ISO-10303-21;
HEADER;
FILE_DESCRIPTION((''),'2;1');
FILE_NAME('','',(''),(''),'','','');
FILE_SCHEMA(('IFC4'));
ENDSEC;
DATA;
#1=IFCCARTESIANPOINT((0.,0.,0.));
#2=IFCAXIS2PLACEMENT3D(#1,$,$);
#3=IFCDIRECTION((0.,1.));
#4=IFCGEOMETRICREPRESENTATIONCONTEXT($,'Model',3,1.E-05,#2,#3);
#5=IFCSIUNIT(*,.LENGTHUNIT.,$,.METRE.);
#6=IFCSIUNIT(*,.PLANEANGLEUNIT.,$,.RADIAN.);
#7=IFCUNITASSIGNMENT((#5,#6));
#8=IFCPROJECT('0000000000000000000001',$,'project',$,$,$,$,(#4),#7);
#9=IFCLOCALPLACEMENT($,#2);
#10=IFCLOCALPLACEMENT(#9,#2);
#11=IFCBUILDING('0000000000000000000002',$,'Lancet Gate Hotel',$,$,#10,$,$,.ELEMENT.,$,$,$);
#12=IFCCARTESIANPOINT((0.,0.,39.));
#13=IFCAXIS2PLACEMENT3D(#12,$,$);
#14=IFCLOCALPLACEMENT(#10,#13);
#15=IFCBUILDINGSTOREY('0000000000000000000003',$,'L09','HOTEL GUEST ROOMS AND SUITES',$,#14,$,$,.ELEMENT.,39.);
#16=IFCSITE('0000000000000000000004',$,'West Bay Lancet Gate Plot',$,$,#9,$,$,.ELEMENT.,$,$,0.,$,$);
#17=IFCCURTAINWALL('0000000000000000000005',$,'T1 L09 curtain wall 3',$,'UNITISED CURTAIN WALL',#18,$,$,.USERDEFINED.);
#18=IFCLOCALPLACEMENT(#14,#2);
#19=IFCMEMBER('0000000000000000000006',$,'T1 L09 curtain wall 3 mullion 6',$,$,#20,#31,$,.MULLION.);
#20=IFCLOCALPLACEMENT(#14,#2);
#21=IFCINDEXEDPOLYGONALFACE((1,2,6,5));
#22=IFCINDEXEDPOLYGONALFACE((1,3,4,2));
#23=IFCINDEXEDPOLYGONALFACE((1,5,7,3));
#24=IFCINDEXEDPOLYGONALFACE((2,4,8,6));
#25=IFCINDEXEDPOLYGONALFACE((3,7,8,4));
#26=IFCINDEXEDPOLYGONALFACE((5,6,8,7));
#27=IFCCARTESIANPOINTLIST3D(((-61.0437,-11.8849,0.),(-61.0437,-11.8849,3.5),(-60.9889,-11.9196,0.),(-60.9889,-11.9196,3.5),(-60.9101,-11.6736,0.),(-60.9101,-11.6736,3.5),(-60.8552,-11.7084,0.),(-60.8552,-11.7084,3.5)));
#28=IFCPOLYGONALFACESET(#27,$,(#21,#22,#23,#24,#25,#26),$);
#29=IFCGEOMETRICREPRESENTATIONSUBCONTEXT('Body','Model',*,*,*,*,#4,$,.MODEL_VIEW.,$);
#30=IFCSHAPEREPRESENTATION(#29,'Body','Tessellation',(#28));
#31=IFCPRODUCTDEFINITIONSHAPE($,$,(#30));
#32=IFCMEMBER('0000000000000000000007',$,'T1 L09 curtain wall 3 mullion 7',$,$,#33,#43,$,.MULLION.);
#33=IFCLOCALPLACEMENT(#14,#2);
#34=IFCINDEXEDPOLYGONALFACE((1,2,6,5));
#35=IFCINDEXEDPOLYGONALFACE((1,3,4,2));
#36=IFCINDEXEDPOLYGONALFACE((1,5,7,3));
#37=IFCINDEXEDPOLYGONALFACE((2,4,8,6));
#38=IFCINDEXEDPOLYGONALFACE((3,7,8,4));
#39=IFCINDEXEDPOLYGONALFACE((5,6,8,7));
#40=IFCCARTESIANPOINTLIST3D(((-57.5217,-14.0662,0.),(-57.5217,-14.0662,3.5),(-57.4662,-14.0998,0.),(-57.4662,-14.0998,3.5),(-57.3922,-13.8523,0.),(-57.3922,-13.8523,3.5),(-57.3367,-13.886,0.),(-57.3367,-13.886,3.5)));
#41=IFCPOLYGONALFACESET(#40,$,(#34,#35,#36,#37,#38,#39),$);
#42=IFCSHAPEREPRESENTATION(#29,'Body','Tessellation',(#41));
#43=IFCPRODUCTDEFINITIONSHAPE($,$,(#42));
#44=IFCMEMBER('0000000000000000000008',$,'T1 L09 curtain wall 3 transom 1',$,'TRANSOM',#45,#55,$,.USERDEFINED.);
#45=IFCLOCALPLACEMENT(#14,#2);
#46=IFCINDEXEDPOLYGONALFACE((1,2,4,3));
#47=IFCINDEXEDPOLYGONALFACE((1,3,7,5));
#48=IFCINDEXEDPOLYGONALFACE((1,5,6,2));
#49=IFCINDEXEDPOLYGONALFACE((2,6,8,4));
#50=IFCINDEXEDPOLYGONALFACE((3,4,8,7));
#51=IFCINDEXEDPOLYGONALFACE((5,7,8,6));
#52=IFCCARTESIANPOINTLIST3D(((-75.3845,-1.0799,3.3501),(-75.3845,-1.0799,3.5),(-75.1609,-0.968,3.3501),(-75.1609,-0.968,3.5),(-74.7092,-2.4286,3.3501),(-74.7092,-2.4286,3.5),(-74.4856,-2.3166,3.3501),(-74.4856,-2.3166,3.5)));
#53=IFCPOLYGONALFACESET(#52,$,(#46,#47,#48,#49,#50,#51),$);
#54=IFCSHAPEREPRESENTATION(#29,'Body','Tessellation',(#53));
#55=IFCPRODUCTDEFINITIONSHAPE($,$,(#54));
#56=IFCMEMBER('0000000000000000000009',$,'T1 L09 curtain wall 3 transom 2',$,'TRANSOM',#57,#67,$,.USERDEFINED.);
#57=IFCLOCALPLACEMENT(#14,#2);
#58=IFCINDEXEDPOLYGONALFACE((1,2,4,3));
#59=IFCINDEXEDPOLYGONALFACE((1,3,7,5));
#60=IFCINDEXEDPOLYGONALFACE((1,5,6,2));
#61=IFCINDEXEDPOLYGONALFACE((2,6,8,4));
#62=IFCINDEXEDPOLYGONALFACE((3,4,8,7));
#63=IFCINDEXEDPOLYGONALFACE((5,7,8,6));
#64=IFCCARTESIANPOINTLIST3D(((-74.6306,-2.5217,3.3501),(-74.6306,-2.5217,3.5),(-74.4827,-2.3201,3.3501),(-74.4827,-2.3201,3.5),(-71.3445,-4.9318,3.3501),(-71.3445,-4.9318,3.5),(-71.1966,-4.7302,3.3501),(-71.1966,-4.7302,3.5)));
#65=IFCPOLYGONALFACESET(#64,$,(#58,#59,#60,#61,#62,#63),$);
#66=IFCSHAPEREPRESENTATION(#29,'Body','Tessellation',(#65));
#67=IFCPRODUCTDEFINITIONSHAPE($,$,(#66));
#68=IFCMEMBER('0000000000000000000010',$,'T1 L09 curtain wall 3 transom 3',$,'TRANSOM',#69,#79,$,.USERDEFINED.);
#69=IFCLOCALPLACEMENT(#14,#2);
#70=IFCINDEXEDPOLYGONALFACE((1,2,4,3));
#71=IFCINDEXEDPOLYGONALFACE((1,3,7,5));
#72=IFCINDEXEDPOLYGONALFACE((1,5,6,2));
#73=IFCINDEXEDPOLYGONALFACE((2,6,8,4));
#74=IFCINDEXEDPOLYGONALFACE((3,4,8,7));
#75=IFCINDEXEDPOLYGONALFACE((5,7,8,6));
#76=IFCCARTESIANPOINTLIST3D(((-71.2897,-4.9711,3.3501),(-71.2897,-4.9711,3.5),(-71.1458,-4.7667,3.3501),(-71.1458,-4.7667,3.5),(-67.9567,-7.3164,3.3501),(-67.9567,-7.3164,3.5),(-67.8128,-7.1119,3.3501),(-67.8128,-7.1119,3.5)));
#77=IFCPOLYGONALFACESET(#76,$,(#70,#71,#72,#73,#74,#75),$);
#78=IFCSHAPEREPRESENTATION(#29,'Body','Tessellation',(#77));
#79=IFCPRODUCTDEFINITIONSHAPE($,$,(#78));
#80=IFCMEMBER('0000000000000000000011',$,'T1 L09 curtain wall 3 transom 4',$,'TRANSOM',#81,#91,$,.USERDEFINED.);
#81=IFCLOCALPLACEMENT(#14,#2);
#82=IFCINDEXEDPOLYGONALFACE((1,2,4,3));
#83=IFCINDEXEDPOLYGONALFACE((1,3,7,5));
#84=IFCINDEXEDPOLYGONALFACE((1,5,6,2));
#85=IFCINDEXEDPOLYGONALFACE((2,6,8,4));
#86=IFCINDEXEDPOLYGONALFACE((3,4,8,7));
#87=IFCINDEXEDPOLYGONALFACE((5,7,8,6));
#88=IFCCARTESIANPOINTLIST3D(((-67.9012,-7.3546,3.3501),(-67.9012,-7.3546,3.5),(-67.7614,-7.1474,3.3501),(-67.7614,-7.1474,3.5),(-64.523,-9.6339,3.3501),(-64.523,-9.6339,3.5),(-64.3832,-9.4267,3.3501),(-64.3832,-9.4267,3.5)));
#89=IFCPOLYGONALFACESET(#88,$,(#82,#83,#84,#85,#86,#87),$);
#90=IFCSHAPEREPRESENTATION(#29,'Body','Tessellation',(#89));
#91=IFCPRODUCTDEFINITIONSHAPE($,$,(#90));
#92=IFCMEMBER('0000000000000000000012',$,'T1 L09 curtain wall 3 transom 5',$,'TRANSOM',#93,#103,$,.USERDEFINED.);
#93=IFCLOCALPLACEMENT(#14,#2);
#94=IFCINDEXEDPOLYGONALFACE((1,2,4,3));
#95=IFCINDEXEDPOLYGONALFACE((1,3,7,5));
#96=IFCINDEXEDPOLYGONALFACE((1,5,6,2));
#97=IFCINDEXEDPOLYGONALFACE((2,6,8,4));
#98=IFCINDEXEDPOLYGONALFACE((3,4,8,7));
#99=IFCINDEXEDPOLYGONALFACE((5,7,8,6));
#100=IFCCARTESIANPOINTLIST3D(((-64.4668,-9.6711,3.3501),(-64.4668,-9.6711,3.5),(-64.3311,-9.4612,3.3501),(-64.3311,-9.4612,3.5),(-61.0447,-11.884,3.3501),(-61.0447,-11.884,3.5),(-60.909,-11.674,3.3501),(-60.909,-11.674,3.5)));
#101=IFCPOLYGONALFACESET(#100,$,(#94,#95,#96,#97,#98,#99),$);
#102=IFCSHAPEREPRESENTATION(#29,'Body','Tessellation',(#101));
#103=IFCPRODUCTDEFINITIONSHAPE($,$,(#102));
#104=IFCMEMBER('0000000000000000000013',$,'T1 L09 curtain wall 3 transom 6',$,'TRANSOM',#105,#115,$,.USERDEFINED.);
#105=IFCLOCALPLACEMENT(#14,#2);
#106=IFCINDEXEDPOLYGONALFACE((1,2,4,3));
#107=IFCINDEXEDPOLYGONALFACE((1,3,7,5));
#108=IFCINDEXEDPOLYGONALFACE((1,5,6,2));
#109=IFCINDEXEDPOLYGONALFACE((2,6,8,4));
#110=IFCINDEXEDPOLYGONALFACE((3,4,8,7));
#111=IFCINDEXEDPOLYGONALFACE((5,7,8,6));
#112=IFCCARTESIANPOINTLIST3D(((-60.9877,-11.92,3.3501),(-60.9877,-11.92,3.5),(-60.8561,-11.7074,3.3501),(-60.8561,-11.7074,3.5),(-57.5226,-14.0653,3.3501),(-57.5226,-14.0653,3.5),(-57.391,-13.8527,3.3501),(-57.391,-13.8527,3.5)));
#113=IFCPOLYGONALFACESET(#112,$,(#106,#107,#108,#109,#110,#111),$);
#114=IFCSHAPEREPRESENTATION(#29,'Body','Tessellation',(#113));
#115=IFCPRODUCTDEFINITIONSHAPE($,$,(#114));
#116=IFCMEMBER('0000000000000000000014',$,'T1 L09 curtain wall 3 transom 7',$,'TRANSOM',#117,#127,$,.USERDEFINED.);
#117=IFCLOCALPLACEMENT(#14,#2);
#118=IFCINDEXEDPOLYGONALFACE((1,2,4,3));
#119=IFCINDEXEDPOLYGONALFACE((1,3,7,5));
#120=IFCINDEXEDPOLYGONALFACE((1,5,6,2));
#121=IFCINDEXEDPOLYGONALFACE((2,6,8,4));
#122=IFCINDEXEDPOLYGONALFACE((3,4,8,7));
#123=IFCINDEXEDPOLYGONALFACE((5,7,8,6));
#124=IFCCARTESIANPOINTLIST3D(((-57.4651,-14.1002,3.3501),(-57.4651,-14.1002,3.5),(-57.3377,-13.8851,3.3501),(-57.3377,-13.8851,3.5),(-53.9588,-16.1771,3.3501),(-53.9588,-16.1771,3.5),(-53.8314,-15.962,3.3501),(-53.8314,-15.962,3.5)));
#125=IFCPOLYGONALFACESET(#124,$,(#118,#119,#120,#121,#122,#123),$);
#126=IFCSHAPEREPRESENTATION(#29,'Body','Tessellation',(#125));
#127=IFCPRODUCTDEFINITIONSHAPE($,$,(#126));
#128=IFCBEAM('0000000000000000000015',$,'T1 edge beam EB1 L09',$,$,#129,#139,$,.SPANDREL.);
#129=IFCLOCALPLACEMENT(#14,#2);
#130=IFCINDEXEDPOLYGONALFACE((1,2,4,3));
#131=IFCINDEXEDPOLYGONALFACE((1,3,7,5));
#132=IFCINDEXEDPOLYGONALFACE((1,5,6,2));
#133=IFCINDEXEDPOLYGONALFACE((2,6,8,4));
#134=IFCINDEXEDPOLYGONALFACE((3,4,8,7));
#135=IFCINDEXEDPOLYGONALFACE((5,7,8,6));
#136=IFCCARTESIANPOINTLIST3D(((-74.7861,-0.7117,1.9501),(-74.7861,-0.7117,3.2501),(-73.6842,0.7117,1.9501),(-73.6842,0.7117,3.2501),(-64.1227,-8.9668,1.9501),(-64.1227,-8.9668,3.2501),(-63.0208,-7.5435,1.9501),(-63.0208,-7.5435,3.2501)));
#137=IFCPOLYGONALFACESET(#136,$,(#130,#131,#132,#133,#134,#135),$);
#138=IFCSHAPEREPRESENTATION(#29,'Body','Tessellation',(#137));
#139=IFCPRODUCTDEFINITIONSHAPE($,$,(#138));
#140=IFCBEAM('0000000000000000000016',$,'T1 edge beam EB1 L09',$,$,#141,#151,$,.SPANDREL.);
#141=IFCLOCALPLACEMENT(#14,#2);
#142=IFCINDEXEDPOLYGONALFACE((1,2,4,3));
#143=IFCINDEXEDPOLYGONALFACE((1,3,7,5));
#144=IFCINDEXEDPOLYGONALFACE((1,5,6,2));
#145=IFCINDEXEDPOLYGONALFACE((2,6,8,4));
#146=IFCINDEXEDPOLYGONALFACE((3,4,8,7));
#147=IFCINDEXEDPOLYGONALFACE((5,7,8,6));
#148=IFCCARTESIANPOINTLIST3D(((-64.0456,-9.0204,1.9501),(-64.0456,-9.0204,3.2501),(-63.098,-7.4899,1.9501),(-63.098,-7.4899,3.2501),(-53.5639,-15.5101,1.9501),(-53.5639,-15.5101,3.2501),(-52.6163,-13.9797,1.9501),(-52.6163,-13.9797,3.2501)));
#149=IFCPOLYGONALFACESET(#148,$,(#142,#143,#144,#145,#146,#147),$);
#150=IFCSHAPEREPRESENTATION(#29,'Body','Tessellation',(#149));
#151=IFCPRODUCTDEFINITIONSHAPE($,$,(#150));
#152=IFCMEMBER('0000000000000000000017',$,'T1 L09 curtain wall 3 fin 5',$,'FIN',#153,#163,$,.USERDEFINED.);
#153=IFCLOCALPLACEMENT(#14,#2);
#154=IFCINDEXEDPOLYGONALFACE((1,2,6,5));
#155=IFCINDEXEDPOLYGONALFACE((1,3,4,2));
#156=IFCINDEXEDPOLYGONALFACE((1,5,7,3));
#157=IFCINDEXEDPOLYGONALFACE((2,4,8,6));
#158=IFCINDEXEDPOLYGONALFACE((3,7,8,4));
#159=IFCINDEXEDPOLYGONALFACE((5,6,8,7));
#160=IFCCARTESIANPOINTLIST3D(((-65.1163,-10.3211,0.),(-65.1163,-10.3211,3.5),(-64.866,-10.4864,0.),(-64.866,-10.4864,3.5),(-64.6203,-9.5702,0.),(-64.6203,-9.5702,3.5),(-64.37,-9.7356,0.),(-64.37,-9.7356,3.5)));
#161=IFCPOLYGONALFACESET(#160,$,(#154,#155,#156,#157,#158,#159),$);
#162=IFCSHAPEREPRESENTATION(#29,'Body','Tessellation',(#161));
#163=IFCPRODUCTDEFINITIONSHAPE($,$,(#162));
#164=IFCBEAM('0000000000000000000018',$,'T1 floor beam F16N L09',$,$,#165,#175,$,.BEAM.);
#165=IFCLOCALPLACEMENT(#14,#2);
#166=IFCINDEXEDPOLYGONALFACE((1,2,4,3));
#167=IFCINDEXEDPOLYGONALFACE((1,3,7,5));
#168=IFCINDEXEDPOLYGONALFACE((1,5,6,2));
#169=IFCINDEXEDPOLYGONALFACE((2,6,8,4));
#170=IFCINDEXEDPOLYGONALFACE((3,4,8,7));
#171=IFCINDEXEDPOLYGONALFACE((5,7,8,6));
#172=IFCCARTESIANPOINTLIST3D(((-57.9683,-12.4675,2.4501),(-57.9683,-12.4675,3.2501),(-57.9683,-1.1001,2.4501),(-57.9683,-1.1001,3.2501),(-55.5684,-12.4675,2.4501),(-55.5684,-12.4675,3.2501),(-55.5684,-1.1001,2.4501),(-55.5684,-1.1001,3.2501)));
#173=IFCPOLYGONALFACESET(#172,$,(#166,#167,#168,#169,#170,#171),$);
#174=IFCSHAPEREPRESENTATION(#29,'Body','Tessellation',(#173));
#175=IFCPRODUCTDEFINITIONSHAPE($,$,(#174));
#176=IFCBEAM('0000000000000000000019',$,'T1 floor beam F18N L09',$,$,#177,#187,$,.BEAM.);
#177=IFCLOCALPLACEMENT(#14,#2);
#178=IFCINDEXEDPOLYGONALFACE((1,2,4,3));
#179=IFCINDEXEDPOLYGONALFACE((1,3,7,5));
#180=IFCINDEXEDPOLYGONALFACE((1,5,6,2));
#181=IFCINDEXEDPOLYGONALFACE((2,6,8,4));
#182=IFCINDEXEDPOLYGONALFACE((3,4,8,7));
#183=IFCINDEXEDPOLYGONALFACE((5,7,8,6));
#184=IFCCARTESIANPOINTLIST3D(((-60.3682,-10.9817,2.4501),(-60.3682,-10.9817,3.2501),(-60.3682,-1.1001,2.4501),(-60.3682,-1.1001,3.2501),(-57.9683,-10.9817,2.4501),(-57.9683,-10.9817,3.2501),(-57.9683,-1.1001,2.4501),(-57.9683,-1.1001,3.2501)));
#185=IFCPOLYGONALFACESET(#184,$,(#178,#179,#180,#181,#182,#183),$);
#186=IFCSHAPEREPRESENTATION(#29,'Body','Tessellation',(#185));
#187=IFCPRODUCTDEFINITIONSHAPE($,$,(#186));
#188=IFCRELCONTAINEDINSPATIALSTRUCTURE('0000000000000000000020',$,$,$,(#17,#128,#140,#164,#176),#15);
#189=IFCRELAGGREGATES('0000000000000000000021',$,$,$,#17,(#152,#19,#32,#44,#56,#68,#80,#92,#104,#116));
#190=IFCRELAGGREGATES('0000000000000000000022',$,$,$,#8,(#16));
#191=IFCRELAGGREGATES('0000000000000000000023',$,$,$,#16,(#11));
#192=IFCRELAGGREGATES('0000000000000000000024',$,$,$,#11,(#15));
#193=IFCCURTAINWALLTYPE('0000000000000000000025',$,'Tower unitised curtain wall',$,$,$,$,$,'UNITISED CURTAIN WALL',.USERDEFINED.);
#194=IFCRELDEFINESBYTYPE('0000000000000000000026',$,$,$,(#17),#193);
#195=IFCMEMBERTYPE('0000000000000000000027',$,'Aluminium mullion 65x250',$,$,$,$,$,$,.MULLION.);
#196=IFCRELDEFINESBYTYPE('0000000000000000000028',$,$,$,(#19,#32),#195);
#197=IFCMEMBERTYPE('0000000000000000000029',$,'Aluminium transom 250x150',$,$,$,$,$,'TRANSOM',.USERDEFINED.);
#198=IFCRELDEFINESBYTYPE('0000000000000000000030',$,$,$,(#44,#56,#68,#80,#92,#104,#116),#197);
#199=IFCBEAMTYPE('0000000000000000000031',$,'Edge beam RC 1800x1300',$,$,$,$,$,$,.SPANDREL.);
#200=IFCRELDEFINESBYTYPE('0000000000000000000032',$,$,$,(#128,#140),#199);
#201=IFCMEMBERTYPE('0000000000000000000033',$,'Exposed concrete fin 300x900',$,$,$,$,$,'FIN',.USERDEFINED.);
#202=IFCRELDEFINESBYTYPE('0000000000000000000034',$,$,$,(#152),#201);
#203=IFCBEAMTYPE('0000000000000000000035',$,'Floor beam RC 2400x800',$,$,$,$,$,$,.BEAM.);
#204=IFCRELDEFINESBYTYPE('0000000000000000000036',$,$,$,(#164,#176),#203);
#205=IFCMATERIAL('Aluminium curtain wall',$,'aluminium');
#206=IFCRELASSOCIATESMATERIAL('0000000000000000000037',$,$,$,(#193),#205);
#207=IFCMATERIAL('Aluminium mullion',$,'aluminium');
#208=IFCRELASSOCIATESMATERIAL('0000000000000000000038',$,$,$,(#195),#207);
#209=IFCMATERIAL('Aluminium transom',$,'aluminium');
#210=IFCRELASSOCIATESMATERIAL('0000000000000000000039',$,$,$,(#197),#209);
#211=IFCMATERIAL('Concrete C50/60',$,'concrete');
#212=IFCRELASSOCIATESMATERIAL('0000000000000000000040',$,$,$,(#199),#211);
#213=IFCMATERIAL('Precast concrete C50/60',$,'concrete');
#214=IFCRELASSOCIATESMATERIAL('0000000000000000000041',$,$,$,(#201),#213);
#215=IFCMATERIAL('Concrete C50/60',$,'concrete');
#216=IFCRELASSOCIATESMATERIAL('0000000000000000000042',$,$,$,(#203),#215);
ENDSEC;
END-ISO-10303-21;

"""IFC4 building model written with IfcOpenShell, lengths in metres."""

from ifc_helpers import new_model, si_unit, direction, frame, origin, origin_2d, place, context, subcontext, project, spatial, rectangle, extrude, material, material_profile, profile_set, type_object, element, aggregate, save


model = new_model("IFC4")

# Units and contexts
model_context = context("Model", 3, precision=1e-05, world=origin(), true_north=direction((0.0, 1.0)))
body_context = subcontext(model_context, "Body", "Model", "MODEL_VIEW")
ifc_project = project(units=[si_unit("LENGTHUNIT", "METRE"), si_unit("PLANEANGLEUNIT", "RADIAN")], contexts=[model_context])

# Site, building, storey
site_placement = place(None, origin())
site = spatial("IfcSite", under=ifc_project, at=site_placement, Name="West Bay Lancet Gate Plot", CompositionType="ELEMENT", RefElevation=0.0)
building_placement = place(site_placement, origin())
building = spatial("IfcBuilding", under=site, at=building_placement, Name="Lancet Gate Hotel", CompositionType="ELEMENT")
storey_placement = place(building_placement, frame((0.0, 0.0, 39.0)))
storey = spatial("IfcBuildingStorey", under=building, at=storey_placement, Name="L09", Description="HOTEL GUEST ROOMS AND SUITES", CompositionType="ELEMENT", Elevation=39.0)

# Curtain wall, members
ifc_material_1 = material(Name="Aluminium curtain wall", Category="aluminium")
curtain_wall_type = type_object("IfcCurtainWallType", Name="Tower unitised curtain wall", ElementType="UNITISED CURTAIN WALL", PredefinedType="USERDEFINED", material=ifc_material_1)
curtain_wall_placement = place(storey_placement, origin())
curtain_wall = element("IfcCurtainWall", 1, at=curtain_wall_placement, inside=storey, type_object=curtain_wall_type, Name="T1 L09 curtain wall 3", ObjectType="UNITISED CURTAIN WALL", PredefinedType="USERDEFINED")
ifc_material_2 = material(Name="Aluminium mullion", Category="aluminium")
ifc_material_profile_1 = material_profile(ifc_material_2, rectangle(XDim=0.0649, YDim=0.25, at=origin_2d()), Name="MULLION 65x250")
ifc_profile_set_1 = profile_set([ifc_material_profile_1], Name="Aluminium mullion")
member_type_1 = type_object("IfcMemberType", Name="Aluminium mullion 65x250", PredefinedType="MULLION", material=ifc_profile_set_1)
member_1_placement = place(storey_placement, frame((-60.9495, -11.7966, 0.0), z_axis=(0.0, 0.0, 1.0), x_axis=(0.845029, -0.53472, 0.0)))
member_1 = element("IfcMember", 2, at=member_1_placement, type_object=member_type_1, Name="T1 L09 curtain wall 3 mullion 6", PredefinedType="MULLION", context=body_context, shape_type="SweptSolid", body=[
    extrude(rectangle(XDim=0.0649, YDim=0.25, at=origin_2d()), origin(), (0.0, 0.0, 1.0), 3.5),
])
member_2_placement = place(storey_placement, frame((-57.4292, -13.9761, 0.0), z_axis=(0.0, 0.0, 1.0), x_axis=(0.855346, -0.518057, 0.0)))
member_2 = element("IfcMember", 3, at=member_2_placement, type_object=member_type_1, Name="T1 L09 curtain wall 3 mullion 7", PredefinedType="MULLION", context=body_context, shape_type="SweptSolid", body=[
    extrude(rectangle(XDim=0.0649, YDim=0.25, at=origin_2d()), origin(), (0.0, 0.0, 1.0), 3.5),
])
ifc_material_3 = material(Name="Aluminium transom", Category="aluminium")
ifc_material_profile_2 = material_profile(ifc_material_3, rectangle(XDim=0.25, YDim=0.1499, at=origin_2d()), Name="TRANSOM 250x150")
ifc_profile_set_2 = profile_set([ifc_material_profile_2], Name="Aluminium transom")
member_type_2 = type_object("IfcMemberType", Name="Aluminium transom 250x150", ElementType="TRANSOM", PredefinedType="USERDEFINED", material=ifc_profile_set_2)
member_3_placement = place(storey_placement, frame((-75.2727, -1.0239, 3.425), z_axis=(0.447732, -0.894168, 0.0), x_axis=(0.894168, 0.447732, 0.0)))
member_3 = element("IfcMember", 4, at=member_3_placement, type_object=member_type_2, Name="T1 L09 curtain wall 3 transom 1", ObjectType="TRANSOM", PredefinedType="USERDEFINED", context=body_context, shape_type="SweptSolid", body=[
    extrude(rectangle(XDim=0.25, YDim=0.1499, at=origin_2d()), origin(), (0.0, 0.0, 1.0), 1.5083),
])
member_4_placement = place(storey_placement, frame((-74.5566, -2.4209, 3.425), z_axis=(0.806367, -0.591416, 0.0), x_axis=(0.591416, 0.806367, 0.0)))
member_4 = element("IfcMember", 5, at=member_4_placement, type_object=member_type_2, Name="T1 L09 curtain wall 3 transom 2", ObjectType="TRANSOM", PredefinedType="USERDEFINED", context=body_context, shape_type="SweptSolid", body=[
    extrude(rectangle(XDim=0.25, YDim=0.1499, at=origin_2d()), origin(), (0.0, 0.0, 1.0), 4.0752),
])
member_5_placement = place(storey_placement, frame((-71.2178, -4.8689, 3.425), z_axis=(0.817834, -0.575455, 0.0), x_axis=(0.575455, 0.817834, 0.0)))
member_5 = element("IfcMember", 6, at=member_5_placement, type_object=member_type_2, Name="T1 L09 curtain wall 3 transom 3", ObjectType="TRANSOM", PredefinedType="USERDEFINED", context=body_context, shape_type="SweptSolid", body=[
    extrude(rectangle(XDim=0.25, YDim=0.1499, at=origin_2d()), origin(), (0.0, 0.0, 1.0), 4.0754),
])
member_6_placement = place(storey_placement, frame((-67.8313, -7.251, 3.425), z_axis=(0.828959, -0.559309, 0.0), x_axis=(0.559309, 0.828959, 0.0)))
member_6 = element("IfcMember", 7, at=member_6_placement, type_object=member_type_2, Name="T1 L09 curtain wall 3 transom 4", ObjectType="TRANSOM", PredefinedType="USERDEFINED", context=body_context, shape_type="SweptSolid", body=[
    extrude(rectangle(XDim=0.25, YDim=0.1499, at=origin_2d()), origin(), (0.0, 0.0, 1.0), 4.0752),
])
member_7_placement = place(storey_placement, frame((-64.3989, -9.5662, 3.425), z_axis=(0.839729, -0.543005, 0.0), x_axis=(0.543005, 0.839729, 0.0)))
member_7 = element("IfcMember", 8, at=member_7_placement, type_object=member_type_2, Name="T1 L09 curtain wall 3 transom 5", ObjectType="TRANSOM", PredefinedType="USERDEFINED", context=body_context, shape_type="SweptSolid", body=[
    extrude(rectangle(XDim=0.25, YDim=0.1499, at=origin_2d()), origin(), (0.0, 0.0, 1.0), 4.0752),
])
member_8_placement = place(storey_placement, frame((-60.9219, -11.8137, 3.425), z_axis=(0.850242, -0.526392, 0.0), x_axis=(0.526392, 0.850242, 0.0)))
member_8 = element("IfcMember", 9, at=member_8_placement, type_object=member_type_2, Name="T1 L09 curtain wall 3 transom 6", ObjectType="TRANSOM", PredefinedType="USERDEFINED", context=body_context, shape_type="SweptSolid", body=[
    extrude(rectangle(XDim=0.25, YDim=0.1499, at=origin_2d()), origin(), (0.0, 0.0, 1.0), 4.0754),
])
member_9_placement = place(storey_placement, frame((-57.4014, -13.9927, 3.425), z_axis=(0.860392, -0.509633, 0.0), x_axis=(0.509633, 0.860392, 0.0)))
member_9 = element("IfcMember", 10, at=member_9_placement, type_object=member_type_2, Name="T1 L09 curtain wall 3 transom 7", ObjectType="TRANSOM", PredefinedType="USERDEFINED", context=body_context, shape_type="SweptSolid", body=[
    extrude(rectangle(XDim=0.25, YDim=0.1499, at=origin_2d()), origin(), (0.0, 0.0, 1.0), 4.0752),
])

# Beams
ifc_material_4 = material(Name="Concrete C50/60", Category="concrete")
ifc_material_profile_3 = material_profile(ifc_material_4, rectangle(XDim=1.8, YDim=1.3, at=origin_2d()), Name="RC 1800x1300")
ifc_profile_set_3 = profile_set([ifc_material_profile_3], Name="Concrete C50/60")
beam_type_1 = type_object("IfcBeamType", Name="Edge beam RC 1800x1300", PredefinedType="SPANDREL", material=ifc_profile_set_3)
beam_1_placement = place(storey_placement, frame((-74.2351, 0.0, 2.6001), z_axis=(0.790736, -0.612157, 0.0), x_axis=(0.612157, 0.790736, 0.0)))
element("IfcBeam", 11, at=beam_1_placement, inside=storey, type_object=beam_type_1, Name="T1 edge beam EB1 L09", PredefinedType="SPANDREL", context=body_context, shape_type="SweptSolid", body=[
    extrude(rectangle(XDim=1.8, YDim=1.3, at=origin_2d()), origin(), (0.0, 0.0, 1.0), 13.4854),
])
beam_2_placement = place(storey_placement, frame((-63.5718, -8.2551, 2.6001), z_axis=(0.850226, -0.526418, 0.0), x_axis=(0.526418, 0.850226, 0.0)))
element("IfcBeam", 12, at=beam_2_placement, inside=storey, type_object=beam_type_1, Name="T1 edge beam EB1 L09", PredefinedType="SPANDREL", context=body_context, shape_type="SweptSolid", body=[
    extrude(rectangle(XDim=1.8, YDim=1.3, at=origin_2d()), origin(), (0.0, 0.0, 1.0), 12.3281),
])

# Member
ifc_material_5 = material(Name="Precast concrete C50/60", Category="concrete")
ifc_material_profile_4 = material_profile(ifc_material_5, rectangle(XDim=0.3, YDim=0.8999, at=origin_2d()), Name="FIN 300x900")
ifc_profile_set_4 = profile_set([ifc_material_profile_4], Name="Precast concrete C50/60")
member_type_3 = type_object("IfcMemberType", Name="Exposed concrete fin 300x900", ElementType="FIN", PredefinedType="USERDEFINED", material=ifc_profile_set_4)
member_10_placement = place(storey_placement, frame((-64.7432, -10.0283, 0.0), z_axis=(0.0, 0.0, 1.0), x_axis=(0.834387, -0.551178, 0.0)))
member_10 = element("IfcMember", 13, at=member_10_placement, type_object=member_type_3, Name="T1 L09 curtain wall 3 fin 5", ObjectType="FIN", PredefinedType="USERDEFINED", context=body_context, shape_type="SweptSolid", body=[
    extrude(rectangle(XDim=0.3, YDim=0.8999, at=origin_2d()), origin(), (0.0, 0.0, 1.0), 3.5),
])

# Beams
ifc_material_6 = material(Name="Concrete C50/60", Category="concrete")
ifc_material_profile_5 = material_profile(ifc_material_6, rectangle(XDim=2.3999, YDim=0.8, at=origin_2d()), Name="RC 2400x800")
ifc_profile_set_5 = profile_set([ifc_material_profile_5], Name="Concrete C50/60")
beam_type_2 = type_object("IfcBeamType", Name="Floor beam RC 2400x800", PredefinedType="BEAM", material=ifc_profile_set_5)
beam_3_placement = place(storey_placement, frame((-56.7683, -1.1001, 2.8501), z_axis=(0.0, -1.0, 0.0), x_axis=(1.0, 0.0, 0.0)))
element("IfcBeam", 14, at=beam_3_placement, inside=storey, type_object=beam_type_2, Name="T1 floor beam F16N L09", PredefinedType="BEAM", context=body_context, shape_type="SweptSolid", body=[
    extrude(rectangle(XDim=2.3999, YDim=0.8, at=origin_2d()), origin(), (0.0, 0.0, 1.0), 11.3674),
])
beam_4_placement = place(storey_placement, frame((-59.1682, -1.1001, 2.8501), z_axis=(0.0, -1.0, 0.0), x_axis=(1.0, 0.0, 0.0)))
element("IfcBeam", 15, at=beam_4_placement, inside=storey, type_object=beam_type_2, Name="T1 floor beam F18N L09", PredefinedType="BEAM", context=body_context, shape_type="SweptSolid", body=[
    extrude(rectangle(XDim=2.3999, YDim=0.8, at=origin_2d()), origin(), (0.0, 0.0, 1.0), 9.8816),
])

aggregate(curtain_wall, [member_10, member_1, member_2, member_3, member_4, member_5, member_6, member_7, member_8, member_9])

save(model, "model.ifc")
